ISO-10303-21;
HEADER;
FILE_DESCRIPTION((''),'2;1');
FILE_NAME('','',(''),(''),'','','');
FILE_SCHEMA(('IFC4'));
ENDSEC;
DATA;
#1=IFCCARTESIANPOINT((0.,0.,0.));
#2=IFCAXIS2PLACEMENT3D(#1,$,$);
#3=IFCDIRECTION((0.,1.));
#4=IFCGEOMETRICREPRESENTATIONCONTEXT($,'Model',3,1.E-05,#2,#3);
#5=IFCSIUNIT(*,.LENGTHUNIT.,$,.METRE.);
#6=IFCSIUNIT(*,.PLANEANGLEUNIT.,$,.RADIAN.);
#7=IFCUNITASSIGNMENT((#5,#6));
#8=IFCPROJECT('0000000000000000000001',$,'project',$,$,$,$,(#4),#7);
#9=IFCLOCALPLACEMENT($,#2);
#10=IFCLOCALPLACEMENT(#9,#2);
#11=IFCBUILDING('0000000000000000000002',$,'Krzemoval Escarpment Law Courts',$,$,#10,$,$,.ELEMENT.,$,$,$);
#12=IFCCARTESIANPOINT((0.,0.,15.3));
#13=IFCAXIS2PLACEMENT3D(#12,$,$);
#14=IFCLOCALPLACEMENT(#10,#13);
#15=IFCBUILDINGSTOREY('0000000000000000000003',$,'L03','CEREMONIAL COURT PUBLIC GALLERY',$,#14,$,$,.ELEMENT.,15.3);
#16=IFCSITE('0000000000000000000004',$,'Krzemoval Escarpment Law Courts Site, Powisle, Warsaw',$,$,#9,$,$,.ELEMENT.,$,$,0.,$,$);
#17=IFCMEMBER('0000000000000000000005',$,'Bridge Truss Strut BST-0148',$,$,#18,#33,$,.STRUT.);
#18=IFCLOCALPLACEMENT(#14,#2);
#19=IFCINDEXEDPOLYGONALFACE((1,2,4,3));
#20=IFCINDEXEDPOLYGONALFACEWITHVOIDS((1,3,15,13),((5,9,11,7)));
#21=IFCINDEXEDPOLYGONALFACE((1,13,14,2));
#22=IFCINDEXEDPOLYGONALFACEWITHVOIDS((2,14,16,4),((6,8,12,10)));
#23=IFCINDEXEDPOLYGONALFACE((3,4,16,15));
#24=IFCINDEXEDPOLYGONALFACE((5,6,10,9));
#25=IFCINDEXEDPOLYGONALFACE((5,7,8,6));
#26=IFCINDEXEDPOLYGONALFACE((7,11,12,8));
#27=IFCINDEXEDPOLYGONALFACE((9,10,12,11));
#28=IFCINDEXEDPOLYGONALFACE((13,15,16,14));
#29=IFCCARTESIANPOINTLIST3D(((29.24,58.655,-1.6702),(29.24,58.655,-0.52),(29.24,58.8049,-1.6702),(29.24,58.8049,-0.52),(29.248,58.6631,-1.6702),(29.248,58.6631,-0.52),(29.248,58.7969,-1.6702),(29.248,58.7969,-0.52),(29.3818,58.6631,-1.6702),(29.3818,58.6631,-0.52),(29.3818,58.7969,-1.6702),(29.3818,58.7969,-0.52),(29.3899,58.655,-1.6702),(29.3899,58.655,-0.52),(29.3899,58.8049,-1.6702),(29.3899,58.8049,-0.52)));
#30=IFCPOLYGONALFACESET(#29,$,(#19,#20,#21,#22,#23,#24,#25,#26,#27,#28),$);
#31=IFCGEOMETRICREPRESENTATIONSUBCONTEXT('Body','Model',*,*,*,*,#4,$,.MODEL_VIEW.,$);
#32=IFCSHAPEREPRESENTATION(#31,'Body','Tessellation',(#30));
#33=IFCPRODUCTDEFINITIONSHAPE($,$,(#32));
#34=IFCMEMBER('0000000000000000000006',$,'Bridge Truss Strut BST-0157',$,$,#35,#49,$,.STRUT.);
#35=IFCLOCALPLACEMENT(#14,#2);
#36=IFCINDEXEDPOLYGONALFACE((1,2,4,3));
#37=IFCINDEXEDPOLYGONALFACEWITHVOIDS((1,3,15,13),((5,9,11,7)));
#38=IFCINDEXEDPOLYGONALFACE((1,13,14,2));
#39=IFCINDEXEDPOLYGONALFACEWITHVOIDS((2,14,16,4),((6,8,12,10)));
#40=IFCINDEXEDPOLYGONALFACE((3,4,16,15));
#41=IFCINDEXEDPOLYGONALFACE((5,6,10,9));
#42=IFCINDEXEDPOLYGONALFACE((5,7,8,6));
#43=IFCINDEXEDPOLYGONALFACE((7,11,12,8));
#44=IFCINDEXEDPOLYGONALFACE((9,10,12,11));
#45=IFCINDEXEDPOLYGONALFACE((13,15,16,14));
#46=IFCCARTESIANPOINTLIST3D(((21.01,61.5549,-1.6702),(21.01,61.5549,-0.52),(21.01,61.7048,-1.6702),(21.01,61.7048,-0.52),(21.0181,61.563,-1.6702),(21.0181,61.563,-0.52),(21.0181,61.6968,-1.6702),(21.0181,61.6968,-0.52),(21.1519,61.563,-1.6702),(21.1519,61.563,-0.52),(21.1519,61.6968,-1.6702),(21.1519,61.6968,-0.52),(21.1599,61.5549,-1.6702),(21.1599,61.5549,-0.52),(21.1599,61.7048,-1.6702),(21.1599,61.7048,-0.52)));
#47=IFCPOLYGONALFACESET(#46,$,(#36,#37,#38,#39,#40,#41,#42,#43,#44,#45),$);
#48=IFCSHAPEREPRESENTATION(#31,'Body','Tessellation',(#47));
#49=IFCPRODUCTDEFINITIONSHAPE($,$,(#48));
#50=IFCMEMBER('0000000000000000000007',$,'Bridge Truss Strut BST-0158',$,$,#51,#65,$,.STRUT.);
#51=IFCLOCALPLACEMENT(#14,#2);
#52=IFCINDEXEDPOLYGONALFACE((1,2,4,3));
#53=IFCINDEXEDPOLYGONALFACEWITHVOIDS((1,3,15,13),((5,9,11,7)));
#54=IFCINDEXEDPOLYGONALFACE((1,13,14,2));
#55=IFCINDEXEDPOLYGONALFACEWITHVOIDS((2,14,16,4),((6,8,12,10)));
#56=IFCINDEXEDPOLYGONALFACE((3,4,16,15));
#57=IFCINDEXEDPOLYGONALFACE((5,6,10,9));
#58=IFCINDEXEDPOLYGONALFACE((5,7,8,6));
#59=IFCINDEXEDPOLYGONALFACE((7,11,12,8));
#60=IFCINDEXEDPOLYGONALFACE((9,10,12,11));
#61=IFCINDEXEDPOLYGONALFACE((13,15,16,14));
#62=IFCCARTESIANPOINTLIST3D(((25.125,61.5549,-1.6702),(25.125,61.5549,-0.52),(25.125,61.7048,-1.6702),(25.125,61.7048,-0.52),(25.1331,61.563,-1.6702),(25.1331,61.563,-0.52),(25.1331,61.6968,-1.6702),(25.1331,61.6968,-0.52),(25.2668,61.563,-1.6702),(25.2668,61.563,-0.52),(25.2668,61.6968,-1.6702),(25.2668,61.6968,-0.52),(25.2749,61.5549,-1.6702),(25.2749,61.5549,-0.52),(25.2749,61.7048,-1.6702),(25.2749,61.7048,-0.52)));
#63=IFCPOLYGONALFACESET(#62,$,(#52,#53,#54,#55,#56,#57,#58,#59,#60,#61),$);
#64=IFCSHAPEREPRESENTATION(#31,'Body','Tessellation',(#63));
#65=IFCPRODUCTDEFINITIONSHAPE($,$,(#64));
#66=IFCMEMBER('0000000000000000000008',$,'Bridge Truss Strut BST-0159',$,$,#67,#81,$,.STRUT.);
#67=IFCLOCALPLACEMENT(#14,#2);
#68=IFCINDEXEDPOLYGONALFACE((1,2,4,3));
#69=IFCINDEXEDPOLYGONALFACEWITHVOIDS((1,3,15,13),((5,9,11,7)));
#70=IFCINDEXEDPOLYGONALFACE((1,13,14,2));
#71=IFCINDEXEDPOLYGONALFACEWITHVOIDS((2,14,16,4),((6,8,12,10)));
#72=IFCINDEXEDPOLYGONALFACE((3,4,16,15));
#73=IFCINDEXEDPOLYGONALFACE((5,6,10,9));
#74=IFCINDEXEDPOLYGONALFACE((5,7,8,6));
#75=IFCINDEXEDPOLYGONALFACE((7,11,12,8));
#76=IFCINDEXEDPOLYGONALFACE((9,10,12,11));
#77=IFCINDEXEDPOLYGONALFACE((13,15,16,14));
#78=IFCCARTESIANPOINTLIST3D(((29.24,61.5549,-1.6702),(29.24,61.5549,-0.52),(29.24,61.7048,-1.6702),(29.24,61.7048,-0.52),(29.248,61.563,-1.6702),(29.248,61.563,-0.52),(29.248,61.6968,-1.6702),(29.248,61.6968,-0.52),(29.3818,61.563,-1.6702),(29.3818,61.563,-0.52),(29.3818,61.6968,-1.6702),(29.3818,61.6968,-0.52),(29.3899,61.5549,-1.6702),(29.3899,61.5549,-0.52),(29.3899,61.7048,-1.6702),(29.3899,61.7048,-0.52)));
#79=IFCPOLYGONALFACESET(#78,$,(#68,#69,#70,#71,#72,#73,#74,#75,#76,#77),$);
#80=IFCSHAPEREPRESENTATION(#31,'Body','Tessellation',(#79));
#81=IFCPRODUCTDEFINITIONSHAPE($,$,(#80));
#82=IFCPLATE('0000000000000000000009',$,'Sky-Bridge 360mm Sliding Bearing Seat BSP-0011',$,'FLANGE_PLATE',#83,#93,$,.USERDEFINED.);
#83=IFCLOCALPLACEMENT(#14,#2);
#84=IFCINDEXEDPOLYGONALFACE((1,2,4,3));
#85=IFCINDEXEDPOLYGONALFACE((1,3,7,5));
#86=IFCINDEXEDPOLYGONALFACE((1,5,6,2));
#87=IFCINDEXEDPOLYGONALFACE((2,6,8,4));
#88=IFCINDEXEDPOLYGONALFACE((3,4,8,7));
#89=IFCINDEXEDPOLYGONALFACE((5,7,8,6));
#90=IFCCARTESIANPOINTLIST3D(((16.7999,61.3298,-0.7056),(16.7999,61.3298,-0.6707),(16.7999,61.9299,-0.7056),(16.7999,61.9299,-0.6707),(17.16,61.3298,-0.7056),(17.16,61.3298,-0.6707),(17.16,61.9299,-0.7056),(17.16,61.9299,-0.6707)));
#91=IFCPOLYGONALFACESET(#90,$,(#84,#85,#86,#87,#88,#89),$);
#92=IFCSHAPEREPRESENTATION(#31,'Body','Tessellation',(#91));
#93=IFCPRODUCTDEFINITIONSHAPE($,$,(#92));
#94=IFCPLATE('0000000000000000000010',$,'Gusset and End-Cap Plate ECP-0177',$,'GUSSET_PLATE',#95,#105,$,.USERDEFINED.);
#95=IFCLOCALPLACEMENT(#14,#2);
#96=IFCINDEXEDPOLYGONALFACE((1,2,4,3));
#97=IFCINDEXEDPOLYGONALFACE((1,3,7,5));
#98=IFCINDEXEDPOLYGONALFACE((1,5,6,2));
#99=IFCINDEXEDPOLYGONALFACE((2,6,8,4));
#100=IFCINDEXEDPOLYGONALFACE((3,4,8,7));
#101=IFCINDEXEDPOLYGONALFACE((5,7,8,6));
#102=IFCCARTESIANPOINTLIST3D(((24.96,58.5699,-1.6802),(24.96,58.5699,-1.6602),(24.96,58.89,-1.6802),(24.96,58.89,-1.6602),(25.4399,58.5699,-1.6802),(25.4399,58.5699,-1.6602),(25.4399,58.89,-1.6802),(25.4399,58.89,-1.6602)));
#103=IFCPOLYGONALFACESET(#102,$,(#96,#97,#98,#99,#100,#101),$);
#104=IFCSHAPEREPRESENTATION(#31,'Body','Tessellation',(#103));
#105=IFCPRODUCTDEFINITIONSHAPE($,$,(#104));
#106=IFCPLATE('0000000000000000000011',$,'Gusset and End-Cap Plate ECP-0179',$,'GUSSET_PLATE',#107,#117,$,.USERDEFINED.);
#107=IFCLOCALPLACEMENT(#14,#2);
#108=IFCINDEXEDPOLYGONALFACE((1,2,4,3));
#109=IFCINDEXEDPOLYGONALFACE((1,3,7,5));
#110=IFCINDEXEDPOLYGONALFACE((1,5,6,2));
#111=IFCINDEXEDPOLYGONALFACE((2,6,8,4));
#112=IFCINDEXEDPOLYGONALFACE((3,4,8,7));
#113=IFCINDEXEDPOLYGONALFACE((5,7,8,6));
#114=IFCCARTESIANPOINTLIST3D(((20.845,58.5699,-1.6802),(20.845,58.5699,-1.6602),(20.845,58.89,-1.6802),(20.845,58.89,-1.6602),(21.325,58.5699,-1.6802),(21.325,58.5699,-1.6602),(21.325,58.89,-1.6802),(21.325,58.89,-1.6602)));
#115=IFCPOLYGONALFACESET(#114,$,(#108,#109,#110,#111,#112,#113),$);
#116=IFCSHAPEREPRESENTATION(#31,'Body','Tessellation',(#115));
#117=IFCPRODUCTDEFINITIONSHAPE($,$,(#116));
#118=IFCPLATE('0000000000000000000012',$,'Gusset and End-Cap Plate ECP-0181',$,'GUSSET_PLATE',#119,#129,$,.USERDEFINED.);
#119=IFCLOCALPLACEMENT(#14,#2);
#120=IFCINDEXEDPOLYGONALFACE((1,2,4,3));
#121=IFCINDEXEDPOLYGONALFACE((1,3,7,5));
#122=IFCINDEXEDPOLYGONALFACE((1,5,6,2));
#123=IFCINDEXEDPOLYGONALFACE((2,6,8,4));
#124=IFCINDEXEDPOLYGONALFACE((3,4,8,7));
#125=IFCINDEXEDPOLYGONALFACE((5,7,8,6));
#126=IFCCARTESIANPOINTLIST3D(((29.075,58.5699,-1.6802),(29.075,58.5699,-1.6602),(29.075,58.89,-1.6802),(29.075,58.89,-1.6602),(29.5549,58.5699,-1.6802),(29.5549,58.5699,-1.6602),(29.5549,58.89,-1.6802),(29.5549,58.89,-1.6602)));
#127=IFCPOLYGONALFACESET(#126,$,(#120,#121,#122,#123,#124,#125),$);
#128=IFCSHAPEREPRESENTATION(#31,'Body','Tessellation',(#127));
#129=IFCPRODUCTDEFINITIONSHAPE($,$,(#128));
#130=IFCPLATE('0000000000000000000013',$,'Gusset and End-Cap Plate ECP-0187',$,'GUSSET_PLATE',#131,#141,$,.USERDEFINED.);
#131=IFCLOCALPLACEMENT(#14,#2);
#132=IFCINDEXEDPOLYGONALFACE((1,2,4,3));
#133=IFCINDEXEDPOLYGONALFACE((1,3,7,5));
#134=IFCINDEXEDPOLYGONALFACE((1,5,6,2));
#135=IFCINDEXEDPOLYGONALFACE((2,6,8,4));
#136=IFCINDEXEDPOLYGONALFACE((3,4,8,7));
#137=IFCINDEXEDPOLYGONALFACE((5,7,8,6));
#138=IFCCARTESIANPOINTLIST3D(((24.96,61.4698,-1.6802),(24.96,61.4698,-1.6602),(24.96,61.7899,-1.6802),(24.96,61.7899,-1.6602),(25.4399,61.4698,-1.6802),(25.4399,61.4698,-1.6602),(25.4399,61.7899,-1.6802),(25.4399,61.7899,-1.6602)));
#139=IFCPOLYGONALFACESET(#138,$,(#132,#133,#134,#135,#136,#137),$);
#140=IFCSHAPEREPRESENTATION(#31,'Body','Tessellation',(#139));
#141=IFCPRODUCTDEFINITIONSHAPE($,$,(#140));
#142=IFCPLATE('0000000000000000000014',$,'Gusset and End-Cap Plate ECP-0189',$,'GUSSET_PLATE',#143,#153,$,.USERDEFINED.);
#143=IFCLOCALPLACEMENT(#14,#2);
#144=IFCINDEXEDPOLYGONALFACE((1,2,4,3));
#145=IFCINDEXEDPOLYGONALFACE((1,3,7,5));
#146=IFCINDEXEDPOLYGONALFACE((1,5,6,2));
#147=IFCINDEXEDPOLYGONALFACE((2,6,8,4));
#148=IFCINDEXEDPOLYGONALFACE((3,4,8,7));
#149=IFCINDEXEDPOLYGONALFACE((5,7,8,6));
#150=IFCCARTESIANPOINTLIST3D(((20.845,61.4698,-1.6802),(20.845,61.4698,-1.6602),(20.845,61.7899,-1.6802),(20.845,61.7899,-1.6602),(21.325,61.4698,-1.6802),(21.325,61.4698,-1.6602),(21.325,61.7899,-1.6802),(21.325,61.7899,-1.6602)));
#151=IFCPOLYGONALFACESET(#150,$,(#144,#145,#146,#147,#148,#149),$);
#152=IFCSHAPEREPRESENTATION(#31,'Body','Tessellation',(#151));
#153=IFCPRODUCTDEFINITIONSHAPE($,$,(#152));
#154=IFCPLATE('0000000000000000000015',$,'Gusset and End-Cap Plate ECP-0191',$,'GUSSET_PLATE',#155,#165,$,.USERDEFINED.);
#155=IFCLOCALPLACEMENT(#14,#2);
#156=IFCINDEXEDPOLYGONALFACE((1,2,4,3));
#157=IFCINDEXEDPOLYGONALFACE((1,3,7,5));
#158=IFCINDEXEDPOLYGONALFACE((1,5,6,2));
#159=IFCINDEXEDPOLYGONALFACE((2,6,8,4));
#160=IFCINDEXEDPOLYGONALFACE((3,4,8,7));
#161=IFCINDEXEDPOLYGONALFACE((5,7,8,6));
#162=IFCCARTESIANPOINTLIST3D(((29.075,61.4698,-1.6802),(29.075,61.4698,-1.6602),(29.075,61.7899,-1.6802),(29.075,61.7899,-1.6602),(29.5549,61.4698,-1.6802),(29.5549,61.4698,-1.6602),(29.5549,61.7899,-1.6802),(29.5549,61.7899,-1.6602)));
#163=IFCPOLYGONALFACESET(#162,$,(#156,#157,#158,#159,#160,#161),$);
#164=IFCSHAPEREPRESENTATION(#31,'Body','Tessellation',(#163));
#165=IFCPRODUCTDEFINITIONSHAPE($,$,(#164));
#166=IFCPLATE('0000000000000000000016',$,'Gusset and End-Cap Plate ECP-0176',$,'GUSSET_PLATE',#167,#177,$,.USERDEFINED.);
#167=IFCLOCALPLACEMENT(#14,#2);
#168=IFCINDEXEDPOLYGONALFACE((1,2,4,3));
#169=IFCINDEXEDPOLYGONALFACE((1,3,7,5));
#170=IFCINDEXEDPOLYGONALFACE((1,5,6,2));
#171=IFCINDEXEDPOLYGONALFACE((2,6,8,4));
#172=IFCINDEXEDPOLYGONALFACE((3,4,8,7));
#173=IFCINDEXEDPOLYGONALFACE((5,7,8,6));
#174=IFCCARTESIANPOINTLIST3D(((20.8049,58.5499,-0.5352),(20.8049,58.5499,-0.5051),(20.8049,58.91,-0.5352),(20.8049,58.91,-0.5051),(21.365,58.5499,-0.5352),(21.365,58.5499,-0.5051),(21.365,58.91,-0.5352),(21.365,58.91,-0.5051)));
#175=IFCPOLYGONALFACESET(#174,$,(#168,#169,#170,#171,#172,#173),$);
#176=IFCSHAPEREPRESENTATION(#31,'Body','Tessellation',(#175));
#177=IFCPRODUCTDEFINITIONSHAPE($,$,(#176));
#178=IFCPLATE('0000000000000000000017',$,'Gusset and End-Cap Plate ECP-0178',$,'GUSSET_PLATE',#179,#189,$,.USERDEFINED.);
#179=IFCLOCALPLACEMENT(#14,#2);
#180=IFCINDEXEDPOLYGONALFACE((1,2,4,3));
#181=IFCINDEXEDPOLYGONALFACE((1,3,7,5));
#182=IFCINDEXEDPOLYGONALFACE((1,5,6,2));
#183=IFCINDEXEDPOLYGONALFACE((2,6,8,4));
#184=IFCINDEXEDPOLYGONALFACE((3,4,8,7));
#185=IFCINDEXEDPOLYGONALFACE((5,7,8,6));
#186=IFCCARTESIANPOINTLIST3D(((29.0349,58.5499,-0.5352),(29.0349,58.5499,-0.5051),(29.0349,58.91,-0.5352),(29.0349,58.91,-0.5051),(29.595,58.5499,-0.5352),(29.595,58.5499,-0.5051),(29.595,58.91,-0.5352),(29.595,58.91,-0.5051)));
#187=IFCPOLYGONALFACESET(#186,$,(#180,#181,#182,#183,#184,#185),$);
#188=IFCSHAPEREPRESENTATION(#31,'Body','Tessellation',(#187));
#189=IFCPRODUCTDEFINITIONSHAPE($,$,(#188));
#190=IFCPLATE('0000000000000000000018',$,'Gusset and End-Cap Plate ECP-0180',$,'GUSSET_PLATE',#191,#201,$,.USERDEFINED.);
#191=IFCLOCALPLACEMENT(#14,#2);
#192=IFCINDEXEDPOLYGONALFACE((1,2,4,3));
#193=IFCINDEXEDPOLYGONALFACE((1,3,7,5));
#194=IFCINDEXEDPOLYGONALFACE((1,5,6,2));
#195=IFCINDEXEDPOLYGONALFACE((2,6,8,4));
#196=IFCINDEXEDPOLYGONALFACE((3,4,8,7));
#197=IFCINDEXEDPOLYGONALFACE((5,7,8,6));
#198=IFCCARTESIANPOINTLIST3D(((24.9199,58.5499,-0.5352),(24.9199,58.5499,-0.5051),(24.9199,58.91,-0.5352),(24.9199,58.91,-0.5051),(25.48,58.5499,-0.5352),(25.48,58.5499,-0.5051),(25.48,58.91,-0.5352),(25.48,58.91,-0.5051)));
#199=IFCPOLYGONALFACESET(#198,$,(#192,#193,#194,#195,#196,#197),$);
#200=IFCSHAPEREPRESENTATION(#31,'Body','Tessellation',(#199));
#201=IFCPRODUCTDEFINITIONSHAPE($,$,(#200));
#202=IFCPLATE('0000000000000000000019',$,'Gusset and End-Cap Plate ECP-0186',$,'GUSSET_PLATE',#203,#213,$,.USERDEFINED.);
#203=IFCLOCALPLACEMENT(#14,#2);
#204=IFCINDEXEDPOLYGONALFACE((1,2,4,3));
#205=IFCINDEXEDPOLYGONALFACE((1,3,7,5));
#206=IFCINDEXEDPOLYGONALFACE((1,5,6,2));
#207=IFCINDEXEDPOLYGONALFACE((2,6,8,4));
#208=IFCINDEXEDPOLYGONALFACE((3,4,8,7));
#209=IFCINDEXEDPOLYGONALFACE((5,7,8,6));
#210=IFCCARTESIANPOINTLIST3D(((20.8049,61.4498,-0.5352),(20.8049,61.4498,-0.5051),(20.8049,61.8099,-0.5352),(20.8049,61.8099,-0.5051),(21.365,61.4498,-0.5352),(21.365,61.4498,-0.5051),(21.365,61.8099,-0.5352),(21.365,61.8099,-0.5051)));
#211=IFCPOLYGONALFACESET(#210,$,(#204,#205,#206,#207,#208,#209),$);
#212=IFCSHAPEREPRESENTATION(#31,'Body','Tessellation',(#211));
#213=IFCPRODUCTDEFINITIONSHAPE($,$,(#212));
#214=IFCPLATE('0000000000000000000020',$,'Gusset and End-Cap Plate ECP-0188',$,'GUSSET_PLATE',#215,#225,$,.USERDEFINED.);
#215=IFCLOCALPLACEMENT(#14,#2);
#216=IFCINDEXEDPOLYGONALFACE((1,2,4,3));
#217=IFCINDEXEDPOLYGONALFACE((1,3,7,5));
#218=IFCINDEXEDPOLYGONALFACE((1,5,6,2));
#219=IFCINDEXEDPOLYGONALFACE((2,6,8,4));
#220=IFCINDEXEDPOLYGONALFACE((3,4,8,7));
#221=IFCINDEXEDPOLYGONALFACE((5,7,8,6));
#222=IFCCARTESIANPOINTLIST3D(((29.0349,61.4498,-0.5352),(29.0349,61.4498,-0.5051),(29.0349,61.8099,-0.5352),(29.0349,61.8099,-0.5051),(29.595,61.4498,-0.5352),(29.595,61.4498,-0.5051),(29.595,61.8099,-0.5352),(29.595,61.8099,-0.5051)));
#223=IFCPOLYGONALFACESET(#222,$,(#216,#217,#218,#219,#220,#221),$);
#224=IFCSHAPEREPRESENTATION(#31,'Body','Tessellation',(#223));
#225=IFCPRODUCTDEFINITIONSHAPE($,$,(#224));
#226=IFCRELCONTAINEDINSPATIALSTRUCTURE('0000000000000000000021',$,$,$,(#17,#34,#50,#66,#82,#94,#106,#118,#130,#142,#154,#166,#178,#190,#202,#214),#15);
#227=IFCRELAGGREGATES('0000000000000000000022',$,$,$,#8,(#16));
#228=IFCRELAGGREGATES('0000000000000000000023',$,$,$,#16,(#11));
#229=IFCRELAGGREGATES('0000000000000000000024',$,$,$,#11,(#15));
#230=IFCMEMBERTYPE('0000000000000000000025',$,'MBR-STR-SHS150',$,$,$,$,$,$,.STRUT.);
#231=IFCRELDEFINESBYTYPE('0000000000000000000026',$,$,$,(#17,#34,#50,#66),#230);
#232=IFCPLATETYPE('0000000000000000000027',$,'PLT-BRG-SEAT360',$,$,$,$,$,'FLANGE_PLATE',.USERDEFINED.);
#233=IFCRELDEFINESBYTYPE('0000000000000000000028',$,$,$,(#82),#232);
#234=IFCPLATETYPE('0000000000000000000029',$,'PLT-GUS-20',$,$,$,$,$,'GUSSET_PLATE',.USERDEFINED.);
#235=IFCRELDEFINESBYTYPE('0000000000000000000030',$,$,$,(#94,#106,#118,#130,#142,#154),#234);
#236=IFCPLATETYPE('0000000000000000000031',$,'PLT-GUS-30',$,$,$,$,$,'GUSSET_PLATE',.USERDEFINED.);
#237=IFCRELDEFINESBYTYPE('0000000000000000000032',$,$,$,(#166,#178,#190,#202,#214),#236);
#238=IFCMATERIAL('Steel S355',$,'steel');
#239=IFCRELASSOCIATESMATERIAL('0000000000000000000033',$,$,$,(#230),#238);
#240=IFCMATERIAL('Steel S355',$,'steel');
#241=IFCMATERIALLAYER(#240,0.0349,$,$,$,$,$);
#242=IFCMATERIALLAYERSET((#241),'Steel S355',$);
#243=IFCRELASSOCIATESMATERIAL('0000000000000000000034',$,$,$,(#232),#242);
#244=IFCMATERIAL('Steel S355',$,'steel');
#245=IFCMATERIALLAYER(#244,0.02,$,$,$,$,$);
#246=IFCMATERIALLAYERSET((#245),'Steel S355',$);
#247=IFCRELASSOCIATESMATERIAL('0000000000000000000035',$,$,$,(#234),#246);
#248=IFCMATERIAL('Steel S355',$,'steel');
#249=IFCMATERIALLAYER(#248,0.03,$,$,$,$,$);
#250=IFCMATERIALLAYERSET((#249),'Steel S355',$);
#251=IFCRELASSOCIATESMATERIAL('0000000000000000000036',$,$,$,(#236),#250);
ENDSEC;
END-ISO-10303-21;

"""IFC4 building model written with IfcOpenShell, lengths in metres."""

from ifc_helpers import new_model, si_unit, direction, frame, origin, origin_2d, place, context, subcontext, project, spatial, rectangle, hollow_rectangle, extrude, material, layer, layer_set, material_profile, profile_set, type_object, element, save


model = new_model("IFC4")

# Units and contexts
model_context = context("Model", 3, precision=1e-05, world=origin(), true_north=direction((0.0, 1.0)))
body_context = subcontext(model_context, "Body", "Model", "MODEL_VIEW")
ifc_project = project(units=[si_unit("LENGTHUNIT", "METRE"), si_unit("PLANEANGLEUNIT", "RADIAN")], contexts=[model_context])

# Site, building, storey
site_placement = place(None, origin())
site = spatial("IfcSite", under=ifc_project, at=site_placement, Name="Krzemoval Escarpment Law Courts Site, Powisle, Warsaw", CompositionType="ELEMENT", RefElevation=0.0)
building_placement = place(site_placement, origin())
building = spatial("IfcBuilding", under=site, at=building_placement, Name="Krzemoval Escarpment Law Courts", CompositionType="ELEMENT")
storey_placement = place(building_placement, frame((0.0, 0.0, 15.3)))
storey = spatial("IfcBuildingStorey", under=building, at=storey_placement, Name="L03", Description="CEREMONIAL COURT PUBLIC GALLERY", CompositionType="ELEMENT", Elevation=15.3)

# Members
ifc_material_1 = material(Name="Steel S355", Category="steel")
ifc_material_profile_1 = material_profile(ifc_material_1, hollow_rectangle(XDim=0.1499, YDim=0.1499, WallThickness=0.0081, at=origin_2d()), Name="SHS 150x150x8")
ifc_profile_set_1 = profile_set([ifc_material_profile_1], Name="Steel S355")
member_type_1 = type_object("IfcMemberType", Name="MBR-STR-SHS150", PredefinedType="STRUT", material=ifc_profile_set_1)
for number, where, z_axis, x_axis, name in (
    (1, (29.3149, 58.73, -1.6702), (0.0, 0.0, 1.0), (1.0, 0.0, 0.0), "Bridge Truss Strut BST-0148"),
    (2, (21.085, 61.6299, -1.6702), (0.0, 0.0, 1.0), (1.0, 0.0, 0.0), "Bridge Truss Strut BST-0157"),
    (3, (25.2, 61.6299, -1.6702), (0.0, 0.0, 1.0), (1.0, 0.0, 0.0), "Bridge Truss Strut BST-0158"),
    (4, (29.3149, 61.6299, -1.6702), (0.0, 0.0, 1.0), (1.0, 0.0, 0.0), "Bridge Truss Strut BST-0159"),
):
    element("IfcMember", number, at=place(storey_placement, frame(where, z_axis=z_axis, x_axis=x_axis)), inside=storey, type_object=member_type_1, Name=name, PredefinedType="STRUT", context=body_context, shape_type="SweptSolid", body=[
        extrude(hollow_rectangle(XDim=0.1499, YDim=0.1499, WallThickness=0.0081, at=origin_2d()), origin(), (0.0, 0.0, 1.0), 1.1501),
    ])

# Plates
ifc_material_2 = material(Name="Steel S355", Category="steel")
ifc_layer_1 = layer(ifc_material_2, 0.0349)
ifc_layer_set_1 = layer_set([ifc_layer_1], Name="Steel S355")
plate_type_1 = type_object("IfcPlateType", Name="PLT-BRG-SEAT360", ElementType="FLANGE_PLATE", PredefinedType="USERDEFINED", material=ifc_layer_set_1)
plate_placement = place(storey_placement, frame((16.98, 61.6299, -0.7056), z_axis=(0.0, 0.0, 1.0), x_axis=(1.0, 0.0, 0.0)))
element("IfcPlate", 5, at=plate_placement, inside=storey, type_object=plate_type_1, Name="Sky-Bridge 360mm Sliding Bearing Seat BSP-0011", ObjectType="FLANGE_PLATE", PredefinedType="USERDEFINED", context=body_context, shape_type="SweptSolid", body=[
    extrude(rectangle(XDim=0.3601, YDim=0.6001, at=origin_2d()), origin(), (0.0, 0.0, 1.0), 0.0349),
])
ifc_material_3 = material(Name="Steel S355", Category="steel")
ifc_layer_2 = layer(ifc_material_3, 0.02)
ifc_layer_set_2 = layer_set([ifc_layer_2], Name="Steel S355")
plate_type_2 = type_object("IfcPlateType", Name="PLT-GUS-20", ElementType="GUSSET_PLATE", PredefinedType="USERDEFINED", material=ifc_layer_set_2)
for number, where, z_axis, x_axis, name in (
    (6, (25.2, 58.73, -1.6802), (0.0, 0.0, 1.0), (1.0, 0.0, 0.0), "Gusset and End-Cap Plate ECP-0177"),
    (7, (21.085, 58.73, -1.6802), (0.0, 0.0, 1.0), (1.0, 0.0, 0.0), "Gusset and End-Cap Plate ECP-0179"),
    (8, (29.3149, 58.73, -1.6802), (0.0, 0.0, 1.0), (1.0, 0.0, 0.0), "Gusset and End-Cap Plate ECP-0181"),
    (9, (25.2, 61.6299, -1.6802), (0.0, 0.0, 1.0), (1.0, 0.0, 0.0), "Gusset and End-Cap Plate ECP-0187"),
    (10, (21.085, 61.6299, -1.6802), (0.0, 0.0, 1.0), (1.0, 0.0, 0.0), "Gusset and End-Cap Plate ECP-0189"),
    (11, (29.3149, 61.6299, -1.6802), (0.0, 0.0, 1.0), (1.0, 0.0, 0.0), "Gusset and End-Cap Plate ECP-0191"),
):
    element("IfcPlate", number, at=place(storey_placement, frame(where, z_axis=z_axis, x_axis=x_axis)), inside=storey, type_object=plate_type_2, Name=name, ObjectType="GUSSET_PLATE", PredefinedType="USERDEFINED", context=body_context, shape_type="SweptSolid", body=[
        extrude(rectangle(XDim=0.48, YDim=0.3201, at=origin_2d()), origin(), (0.0, 0.0, 1.0), 0.02),
    ])
ifc_material_4 = material(Name="Steel S355", Category="steel")
ifc_layer_3 = layer(ifc_material_4, 0.03)
ifc_layer_set_3 = layer_set([ifc_layer_3], Name="Steel S355")
plate_type_3 = type_object("IfcPlateType", Name="PLT-GUS-30", ElementType="GUSSET_PLATE", PredefinedType="USERDEFINED", material=ifc_layer_set_3)
for number, where, z_axis, x_axis, name in (
    (12, (21.085, 58.73, -0.5352), (0.0, 0.0, 1.0), (1.0, 0.0, 0.0), "Gusset and End-Cap Plate ECP-0176"),
    (13, (29.3149, 58.73, -0.5352), (0.0, 0.0, 1.0), (1.0, 0.0, 0.0), "Gusset and End-Cap Plate ECP-0178"),
    (14, (25.2, 58.73, -0.5352), (0.0, 0.0, 1.0), (1.0, 0.0, 0.0), "Gusset and End-Cap Plate ECP-0180"),
    (15, (21.085, 61.6299, -0.5352), (0.0, 0.0, 1.0), (1.0, 0.0, 0.0), "Gusset and End-Cap Plate ECP-0186"),
    (16, (29.3149, 61.6299, -0.5352), (0.0, 0.0, 1.0), (1.0, 0.0, 0.0), "Gusset and End-Cap Plate ECP-0188"),
):
    element("IfcPlate", number, at=place(storey_placement, frame(where, z_axis=z_axis, x_axis=x_axis)), inside=storey, type_object=plate_type_3, Name=name, ObjectType="GUSSET_PLATE", PredefinedType="USERDEFINED", context=body_context, shape_type="SweptSolid", body=[
        extrude(rectangle(XDim=0.5601, YDim=0.3601, at=origin_2d()), origin(), (0.0, 0.0, 1.0), 0.03),
    ])

save(model, "model.ifc")
